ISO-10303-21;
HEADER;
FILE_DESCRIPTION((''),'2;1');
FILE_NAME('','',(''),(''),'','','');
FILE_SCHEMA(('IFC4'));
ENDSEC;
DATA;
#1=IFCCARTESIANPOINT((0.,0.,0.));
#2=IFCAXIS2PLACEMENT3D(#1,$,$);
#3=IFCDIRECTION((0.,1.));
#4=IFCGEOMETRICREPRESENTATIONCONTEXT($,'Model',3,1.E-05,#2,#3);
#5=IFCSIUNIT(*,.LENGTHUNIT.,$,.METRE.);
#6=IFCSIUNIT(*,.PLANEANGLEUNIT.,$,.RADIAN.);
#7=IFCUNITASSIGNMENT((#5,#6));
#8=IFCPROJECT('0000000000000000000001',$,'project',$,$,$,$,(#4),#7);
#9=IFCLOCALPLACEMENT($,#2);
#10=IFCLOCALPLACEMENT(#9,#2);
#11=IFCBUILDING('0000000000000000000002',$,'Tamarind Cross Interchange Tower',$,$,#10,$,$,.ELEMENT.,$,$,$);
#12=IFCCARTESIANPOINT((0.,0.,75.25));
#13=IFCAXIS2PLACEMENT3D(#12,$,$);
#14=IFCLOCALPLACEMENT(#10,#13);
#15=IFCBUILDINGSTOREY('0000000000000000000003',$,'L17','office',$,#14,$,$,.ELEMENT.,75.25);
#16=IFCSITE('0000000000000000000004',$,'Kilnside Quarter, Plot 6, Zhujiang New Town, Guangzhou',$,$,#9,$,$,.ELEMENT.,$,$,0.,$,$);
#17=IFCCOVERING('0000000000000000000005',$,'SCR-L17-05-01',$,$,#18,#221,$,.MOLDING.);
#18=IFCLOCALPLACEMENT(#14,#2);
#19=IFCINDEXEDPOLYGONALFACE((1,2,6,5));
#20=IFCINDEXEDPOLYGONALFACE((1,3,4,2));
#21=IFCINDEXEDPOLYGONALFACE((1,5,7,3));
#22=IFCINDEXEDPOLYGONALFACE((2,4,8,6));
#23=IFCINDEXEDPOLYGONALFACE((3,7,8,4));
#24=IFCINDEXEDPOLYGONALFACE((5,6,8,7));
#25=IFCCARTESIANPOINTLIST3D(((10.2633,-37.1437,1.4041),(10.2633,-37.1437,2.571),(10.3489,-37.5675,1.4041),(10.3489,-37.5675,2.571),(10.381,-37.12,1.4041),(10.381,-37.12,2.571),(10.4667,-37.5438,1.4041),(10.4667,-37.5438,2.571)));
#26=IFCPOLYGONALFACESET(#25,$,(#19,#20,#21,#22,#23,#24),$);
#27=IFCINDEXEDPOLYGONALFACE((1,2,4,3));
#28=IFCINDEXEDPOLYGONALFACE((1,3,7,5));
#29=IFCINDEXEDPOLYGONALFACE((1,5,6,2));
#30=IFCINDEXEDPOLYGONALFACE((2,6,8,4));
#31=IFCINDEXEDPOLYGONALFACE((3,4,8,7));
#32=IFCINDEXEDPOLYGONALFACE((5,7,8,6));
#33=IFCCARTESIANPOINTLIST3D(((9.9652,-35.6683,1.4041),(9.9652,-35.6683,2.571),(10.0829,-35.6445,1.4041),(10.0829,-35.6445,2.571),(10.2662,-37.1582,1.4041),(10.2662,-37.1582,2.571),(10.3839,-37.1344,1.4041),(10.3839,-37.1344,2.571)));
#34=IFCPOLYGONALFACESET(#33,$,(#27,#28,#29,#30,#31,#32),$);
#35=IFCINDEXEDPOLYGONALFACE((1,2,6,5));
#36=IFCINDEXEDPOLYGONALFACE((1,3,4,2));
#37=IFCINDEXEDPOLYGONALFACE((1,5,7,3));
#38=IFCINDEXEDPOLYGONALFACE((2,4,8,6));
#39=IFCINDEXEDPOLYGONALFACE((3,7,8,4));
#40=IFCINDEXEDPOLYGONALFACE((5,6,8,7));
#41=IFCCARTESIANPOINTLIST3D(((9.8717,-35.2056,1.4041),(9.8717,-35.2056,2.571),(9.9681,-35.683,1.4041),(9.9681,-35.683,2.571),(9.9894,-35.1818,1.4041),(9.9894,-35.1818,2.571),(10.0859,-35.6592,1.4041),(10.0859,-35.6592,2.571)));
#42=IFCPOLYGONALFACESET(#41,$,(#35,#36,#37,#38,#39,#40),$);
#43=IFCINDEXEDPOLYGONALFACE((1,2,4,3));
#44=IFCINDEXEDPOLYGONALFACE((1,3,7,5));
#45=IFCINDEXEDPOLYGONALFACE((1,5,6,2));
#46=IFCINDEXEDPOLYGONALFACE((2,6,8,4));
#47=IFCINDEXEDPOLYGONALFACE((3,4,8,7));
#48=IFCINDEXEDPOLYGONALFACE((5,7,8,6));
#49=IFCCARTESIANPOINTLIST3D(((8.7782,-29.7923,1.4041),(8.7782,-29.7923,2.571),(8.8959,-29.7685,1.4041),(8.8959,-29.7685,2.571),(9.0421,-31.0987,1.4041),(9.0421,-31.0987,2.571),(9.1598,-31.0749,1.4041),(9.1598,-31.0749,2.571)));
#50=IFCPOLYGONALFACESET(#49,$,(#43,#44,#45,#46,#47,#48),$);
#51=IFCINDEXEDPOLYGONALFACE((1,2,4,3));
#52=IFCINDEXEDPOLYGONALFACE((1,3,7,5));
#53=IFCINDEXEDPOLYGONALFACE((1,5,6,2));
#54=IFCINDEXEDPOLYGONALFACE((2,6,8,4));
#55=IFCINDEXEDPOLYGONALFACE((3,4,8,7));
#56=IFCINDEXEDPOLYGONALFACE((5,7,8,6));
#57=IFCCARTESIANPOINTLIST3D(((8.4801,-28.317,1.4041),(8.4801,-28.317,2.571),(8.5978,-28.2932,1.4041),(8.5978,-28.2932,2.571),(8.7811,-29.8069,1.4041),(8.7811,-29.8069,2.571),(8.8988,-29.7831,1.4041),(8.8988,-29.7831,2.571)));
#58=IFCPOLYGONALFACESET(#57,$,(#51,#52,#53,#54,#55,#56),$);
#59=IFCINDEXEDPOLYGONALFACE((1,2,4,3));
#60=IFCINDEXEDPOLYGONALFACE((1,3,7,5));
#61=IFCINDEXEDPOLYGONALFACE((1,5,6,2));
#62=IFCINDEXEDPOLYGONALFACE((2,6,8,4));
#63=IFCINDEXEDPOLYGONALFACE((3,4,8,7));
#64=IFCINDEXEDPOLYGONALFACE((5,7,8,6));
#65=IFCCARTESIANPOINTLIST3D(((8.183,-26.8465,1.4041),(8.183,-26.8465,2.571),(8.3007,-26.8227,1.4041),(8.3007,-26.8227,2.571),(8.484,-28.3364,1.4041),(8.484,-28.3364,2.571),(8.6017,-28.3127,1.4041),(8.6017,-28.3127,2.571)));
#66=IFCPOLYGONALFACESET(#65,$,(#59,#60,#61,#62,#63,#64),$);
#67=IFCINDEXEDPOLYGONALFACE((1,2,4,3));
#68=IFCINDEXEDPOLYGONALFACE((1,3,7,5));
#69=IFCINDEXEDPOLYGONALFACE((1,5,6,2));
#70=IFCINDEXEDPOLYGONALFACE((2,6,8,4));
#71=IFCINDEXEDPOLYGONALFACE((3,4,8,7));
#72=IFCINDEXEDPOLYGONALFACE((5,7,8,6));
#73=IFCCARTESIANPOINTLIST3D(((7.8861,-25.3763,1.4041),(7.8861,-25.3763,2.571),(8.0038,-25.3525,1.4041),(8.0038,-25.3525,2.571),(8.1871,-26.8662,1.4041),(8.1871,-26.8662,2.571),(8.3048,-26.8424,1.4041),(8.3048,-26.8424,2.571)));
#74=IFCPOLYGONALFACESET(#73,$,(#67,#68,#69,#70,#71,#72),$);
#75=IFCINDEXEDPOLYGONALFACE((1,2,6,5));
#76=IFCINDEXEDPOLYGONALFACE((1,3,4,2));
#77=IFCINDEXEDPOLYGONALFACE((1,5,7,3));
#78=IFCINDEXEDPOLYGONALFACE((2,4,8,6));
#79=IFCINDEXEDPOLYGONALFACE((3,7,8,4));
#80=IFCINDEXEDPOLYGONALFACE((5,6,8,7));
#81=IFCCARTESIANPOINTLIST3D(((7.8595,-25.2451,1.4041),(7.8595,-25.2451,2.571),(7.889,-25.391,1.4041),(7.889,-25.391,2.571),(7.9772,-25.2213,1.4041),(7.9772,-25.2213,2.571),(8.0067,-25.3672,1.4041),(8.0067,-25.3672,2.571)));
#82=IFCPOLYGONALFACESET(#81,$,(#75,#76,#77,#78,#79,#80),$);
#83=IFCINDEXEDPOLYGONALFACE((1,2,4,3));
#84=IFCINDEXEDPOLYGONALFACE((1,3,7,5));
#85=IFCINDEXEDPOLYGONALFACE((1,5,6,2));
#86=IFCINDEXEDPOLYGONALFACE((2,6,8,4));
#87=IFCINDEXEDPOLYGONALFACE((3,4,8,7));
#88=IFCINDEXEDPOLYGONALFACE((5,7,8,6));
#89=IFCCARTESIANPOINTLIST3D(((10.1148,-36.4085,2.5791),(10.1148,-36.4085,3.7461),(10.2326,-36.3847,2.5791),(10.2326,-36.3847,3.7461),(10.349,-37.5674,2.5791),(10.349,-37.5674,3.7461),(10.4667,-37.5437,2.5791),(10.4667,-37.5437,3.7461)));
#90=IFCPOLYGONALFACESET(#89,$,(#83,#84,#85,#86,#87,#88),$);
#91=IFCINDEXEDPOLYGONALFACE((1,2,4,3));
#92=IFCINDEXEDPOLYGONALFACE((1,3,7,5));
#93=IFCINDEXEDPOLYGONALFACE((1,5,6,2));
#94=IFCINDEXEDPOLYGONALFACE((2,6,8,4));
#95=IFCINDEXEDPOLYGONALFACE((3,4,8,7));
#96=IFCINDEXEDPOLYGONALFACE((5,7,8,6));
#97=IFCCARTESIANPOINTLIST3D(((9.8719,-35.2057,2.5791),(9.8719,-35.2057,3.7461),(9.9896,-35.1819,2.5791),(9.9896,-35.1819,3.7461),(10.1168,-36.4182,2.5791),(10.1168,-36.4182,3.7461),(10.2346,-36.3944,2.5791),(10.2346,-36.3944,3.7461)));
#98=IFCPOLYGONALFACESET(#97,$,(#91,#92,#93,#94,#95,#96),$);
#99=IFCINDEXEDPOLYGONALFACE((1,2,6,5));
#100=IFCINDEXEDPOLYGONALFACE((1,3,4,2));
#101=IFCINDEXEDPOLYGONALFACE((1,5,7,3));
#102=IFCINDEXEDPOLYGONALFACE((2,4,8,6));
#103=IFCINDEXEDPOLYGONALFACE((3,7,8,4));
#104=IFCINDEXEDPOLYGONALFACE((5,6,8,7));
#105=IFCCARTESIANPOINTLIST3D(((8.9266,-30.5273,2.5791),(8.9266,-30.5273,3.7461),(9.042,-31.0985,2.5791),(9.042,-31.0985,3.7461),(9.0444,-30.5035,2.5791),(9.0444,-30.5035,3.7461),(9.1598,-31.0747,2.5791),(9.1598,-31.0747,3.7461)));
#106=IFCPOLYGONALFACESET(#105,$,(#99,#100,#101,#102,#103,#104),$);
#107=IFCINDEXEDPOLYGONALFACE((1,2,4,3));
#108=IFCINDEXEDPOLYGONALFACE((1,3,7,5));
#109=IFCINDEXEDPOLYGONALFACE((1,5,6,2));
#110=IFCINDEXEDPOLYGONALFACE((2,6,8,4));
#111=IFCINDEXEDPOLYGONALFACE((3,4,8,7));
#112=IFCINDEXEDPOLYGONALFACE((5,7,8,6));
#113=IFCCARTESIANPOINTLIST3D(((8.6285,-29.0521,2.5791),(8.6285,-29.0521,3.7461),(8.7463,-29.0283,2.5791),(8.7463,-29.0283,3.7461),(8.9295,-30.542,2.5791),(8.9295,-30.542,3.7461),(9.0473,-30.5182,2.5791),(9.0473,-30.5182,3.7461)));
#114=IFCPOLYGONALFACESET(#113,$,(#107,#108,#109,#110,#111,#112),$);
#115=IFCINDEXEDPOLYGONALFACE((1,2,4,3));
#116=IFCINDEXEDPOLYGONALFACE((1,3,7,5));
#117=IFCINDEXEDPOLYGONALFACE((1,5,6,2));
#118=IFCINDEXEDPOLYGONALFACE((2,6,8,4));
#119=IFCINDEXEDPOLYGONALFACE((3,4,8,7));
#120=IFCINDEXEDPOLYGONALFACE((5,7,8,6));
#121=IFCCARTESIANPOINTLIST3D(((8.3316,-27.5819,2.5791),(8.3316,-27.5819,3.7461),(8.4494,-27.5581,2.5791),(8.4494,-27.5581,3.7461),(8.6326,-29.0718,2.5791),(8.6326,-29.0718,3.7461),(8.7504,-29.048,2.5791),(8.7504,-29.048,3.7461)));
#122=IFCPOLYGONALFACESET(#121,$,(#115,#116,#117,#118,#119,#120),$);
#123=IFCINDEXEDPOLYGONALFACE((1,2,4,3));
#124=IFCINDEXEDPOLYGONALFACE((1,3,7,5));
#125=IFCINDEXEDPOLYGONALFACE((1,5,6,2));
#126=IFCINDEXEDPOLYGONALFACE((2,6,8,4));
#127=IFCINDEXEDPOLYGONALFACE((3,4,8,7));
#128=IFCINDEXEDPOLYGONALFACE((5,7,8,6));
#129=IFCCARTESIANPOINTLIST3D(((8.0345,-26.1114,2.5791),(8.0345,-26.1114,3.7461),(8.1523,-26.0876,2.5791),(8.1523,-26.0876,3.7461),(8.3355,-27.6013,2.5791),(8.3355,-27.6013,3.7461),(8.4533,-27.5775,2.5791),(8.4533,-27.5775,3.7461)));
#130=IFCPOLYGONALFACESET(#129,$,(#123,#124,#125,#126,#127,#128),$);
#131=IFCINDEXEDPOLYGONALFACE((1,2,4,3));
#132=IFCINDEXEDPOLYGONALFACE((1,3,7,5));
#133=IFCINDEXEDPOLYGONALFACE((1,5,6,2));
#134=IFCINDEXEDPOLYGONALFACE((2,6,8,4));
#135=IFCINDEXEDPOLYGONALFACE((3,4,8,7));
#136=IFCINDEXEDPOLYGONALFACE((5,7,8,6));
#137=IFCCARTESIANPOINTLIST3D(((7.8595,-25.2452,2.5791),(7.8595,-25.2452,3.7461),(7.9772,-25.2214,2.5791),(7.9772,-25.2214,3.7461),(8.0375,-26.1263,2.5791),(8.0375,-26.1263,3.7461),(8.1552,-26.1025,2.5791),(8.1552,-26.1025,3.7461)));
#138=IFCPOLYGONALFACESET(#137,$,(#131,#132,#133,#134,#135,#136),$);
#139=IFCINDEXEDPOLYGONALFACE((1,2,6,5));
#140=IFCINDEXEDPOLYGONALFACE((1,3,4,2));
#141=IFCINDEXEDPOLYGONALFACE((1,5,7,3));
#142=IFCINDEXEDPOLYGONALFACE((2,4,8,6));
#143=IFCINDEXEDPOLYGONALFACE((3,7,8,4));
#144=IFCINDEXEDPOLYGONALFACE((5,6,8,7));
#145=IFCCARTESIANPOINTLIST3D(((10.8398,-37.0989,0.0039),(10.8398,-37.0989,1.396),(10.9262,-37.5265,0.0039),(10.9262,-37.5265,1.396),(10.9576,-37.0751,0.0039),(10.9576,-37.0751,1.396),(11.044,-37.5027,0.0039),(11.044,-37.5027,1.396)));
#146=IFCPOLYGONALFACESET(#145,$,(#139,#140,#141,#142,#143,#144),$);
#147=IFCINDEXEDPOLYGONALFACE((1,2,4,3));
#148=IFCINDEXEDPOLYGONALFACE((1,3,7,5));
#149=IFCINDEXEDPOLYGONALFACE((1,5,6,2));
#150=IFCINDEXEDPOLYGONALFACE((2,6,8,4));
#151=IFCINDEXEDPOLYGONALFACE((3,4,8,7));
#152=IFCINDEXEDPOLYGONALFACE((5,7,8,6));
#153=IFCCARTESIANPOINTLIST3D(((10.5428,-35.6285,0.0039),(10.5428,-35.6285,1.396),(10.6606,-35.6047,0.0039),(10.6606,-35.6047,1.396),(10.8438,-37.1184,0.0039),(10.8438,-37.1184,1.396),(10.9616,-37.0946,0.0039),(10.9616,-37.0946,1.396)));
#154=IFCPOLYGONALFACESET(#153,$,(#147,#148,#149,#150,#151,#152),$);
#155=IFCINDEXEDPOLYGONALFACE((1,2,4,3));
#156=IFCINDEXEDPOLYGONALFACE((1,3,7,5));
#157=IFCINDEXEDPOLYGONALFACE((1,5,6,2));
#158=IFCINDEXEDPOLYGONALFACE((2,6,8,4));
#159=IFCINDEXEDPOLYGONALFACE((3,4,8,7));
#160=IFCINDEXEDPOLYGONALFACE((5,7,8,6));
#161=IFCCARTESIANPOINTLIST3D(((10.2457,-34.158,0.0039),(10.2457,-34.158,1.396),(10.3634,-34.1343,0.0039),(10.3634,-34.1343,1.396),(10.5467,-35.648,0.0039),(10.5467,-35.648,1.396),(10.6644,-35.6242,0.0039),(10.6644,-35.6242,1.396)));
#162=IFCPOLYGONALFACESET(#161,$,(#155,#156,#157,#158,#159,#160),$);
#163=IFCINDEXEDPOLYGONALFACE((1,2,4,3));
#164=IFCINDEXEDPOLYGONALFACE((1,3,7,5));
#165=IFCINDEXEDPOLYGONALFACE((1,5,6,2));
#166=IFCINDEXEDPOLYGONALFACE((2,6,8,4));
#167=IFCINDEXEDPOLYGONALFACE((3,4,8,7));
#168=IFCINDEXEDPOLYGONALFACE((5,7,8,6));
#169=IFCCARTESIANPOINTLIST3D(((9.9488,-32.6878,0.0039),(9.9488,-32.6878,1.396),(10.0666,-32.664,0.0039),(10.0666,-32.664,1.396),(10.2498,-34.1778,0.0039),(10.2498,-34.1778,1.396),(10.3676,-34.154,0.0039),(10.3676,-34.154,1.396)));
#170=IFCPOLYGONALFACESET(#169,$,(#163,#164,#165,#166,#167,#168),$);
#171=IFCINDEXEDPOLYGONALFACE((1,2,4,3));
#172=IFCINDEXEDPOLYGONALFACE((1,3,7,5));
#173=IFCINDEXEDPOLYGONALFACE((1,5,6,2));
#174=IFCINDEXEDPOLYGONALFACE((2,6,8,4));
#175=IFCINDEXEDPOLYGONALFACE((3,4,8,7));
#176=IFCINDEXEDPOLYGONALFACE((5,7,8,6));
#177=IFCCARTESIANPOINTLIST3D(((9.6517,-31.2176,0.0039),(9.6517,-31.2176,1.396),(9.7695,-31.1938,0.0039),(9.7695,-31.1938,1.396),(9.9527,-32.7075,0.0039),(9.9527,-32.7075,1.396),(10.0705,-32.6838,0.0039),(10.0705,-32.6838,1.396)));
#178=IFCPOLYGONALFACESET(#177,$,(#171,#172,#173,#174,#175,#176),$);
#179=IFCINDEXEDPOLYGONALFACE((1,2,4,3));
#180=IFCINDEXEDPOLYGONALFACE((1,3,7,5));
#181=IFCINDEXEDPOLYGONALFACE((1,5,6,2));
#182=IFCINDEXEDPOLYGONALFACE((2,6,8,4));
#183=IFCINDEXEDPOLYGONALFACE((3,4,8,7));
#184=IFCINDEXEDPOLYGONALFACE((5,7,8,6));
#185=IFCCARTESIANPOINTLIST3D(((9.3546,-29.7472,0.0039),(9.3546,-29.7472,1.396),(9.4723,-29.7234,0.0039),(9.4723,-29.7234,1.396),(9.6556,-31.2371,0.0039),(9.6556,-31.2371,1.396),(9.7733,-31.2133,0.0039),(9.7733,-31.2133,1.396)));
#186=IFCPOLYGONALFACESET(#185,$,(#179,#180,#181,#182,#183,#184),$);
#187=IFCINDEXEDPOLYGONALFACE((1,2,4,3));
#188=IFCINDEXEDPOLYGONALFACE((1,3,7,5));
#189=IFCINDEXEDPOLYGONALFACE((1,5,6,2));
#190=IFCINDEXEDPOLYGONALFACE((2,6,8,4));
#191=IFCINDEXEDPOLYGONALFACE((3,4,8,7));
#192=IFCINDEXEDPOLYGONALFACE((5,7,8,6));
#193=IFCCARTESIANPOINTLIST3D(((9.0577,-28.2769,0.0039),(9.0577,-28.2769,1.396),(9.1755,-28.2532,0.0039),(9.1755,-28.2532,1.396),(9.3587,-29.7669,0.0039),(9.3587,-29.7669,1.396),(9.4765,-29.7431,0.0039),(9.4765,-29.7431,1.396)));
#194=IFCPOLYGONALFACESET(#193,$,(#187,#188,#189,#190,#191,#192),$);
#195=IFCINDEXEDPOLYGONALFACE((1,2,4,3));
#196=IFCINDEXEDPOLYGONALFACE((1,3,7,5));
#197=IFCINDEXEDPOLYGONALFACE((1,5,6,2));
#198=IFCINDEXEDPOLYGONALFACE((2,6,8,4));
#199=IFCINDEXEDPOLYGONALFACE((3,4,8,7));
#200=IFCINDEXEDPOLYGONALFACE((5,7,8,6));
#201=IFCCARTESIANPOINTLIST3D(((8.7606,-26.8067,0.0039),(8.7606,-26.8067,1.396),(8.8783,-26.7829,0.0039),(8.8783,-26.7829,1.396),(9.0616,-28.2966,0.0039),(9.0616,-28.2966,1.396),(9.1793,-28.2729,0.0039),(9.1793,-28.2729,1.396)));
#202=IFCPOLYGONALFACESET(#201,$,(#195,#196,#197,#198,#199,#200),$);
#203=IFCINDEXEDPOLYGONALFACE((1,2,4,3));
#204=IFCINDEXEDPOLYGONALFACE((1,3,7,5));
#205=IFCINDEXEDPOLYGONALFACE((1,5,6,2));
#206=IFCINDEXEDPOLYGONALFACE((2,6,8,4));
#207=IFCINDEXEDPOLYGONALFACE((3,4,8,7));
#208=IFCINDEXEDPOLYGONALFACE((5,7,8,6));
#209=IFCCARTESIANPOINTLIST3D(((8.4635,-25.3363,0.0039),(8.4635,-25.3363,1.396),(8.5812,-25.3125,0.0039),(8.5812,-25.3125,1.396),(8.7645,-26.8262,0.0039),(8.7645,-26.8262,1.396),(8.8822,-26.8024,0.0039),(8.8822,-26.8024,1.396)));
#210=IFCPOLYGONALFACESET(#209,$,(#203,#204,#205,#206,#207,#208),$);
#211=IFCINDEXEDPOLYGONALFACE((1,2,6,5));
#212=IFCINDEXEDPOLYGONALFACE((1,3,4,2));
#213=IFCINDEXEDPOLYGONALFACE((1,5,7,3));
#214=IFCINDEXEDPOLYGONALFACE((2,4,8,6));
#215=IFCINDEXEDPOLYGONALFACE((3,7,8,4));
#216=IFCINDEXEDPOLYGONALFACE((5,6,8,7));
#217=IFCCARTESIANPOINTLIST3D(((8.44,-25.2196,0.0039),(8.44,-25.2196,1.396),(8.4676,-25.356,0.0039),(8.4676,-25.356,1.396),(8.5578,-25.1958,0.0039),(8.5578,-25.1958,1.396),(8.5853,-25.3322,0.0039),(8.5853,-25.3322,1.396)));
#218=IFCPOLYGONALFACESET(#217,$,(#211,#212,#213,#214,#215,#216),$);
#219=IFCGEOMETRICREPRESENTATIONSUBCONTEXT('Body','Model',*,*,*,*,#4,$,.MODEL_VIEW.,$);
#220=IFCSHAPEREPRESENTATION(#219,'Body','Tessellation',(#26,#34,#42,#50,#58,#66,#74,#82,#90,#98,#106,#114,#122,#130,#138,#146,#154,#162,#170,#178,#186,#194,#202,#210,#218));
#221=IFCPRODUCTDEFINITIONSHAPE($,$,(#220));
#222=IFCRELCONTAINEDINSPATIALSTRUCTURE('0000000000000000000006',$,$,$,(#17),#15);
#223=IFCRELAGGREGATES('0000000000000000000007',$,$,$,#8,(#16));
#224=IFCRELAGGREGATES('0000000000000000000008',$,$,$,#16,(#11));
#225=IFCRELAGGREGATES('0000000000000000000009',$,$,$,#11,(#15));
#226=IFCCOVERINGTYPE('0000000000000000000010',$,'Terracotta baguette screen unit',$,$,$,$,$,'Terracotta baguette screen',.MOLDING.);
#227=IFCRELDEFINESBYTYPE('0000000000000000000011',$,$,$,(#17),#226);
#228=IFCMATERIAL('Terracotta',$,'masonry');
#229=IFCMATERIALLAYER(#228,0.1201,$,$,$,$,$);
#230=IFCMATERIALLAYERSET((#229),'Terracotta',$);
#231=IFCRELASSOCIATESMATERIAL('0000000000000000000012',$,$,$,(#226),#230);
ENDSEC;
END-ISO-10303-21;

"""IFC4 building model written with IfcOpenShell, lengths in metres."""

from ifc_helpers import new_model, si_unit, direction, frame, origin, origin_2d, place, context, subcontext, project, spatial, rectangle, extrude, material, layer, layer_set, type_object, element, save


model = new_model("IFC4")

# Units and contexts
model_context = context("Model", 3, precision=1e-05, world=origin(), true_north=direction((0.0, 1.0)))
body_context = subcontext(model_context, "Body", "Model", "MODEL_VIEW")
ifc_project = project(units=[si_unit("LENGTHUNIT", "METRE"), si_unit("PLANEANGLEUNIT", "RADIAN")], contexts=[model_context])

# Site, building, storey
site_placement = place(None, origin())
site = spatial("IfcSite", under=ifc_project, at=site_placement, Name="Kilnside Quarter, Plot 6, Zhujiang New Town, Guangzhou", CompositionType="ELEMENT", RefElevation=0.0)
building_placement = place(site_placement, origin())
building = spatial("IfcBuilding", under=site, at=building_placement, Name="Tamarind Cross Interchange Tower", CompositionType="ELEMENT")
storey_placement = place(building_placement, frame((0.0, 0.0, 75.25)))
storey = spatial("IfcBuildingStorey", under=building, at=storey_placement, Name="L17", Description="office", CompositionType="ELEMENT", Elevation=75.25)

# Covering
ifc_material_1 = material(Name="Terracotta", Category="masonry")
ifc_layer_1 = layer(ifc_material_1, 0.1201)
ifc_layer_set_1 = layer_set([ifc_layer_1], Name="Terracotta")
covering_type = type_object("IfcCoveringType", Name="Terracotta baguette screen unit", ElementType="Terracotta baguette screen", PredefinedType="MOLDING", material=ifc_layer_set_1)
covering_1_placement = place(storey_placement, origin())
element("IfcCovering", 1, at=covering_1_placement, inside=storey, type_object=covering_type, Name="SCR-L17-05-01", PredefinedType="MOLDING", context=body_context, shape_type="SweptSolid", body=[
    extrude(rectangle(XDim=0.4324, YDim=0.1201, at=origin_2d()), frame((10.365, -37.3438, 1.4041), z_axis=(0.0, 0.0, 1.0), x_axis=(-0.198023, 0.980197, 0.0)), (0.0, 0.0, 1.0), 1.167),
    extrude(rectangle(XDim=1.52, YDim=0.1201, at=origin_2d()), frame((10.1746, -36.4014, 1.4041), z_axis=(0.0, 0.0, 1.0), x_axis=(-0.198023, 0.980197, 0.0)), (0.0, 0.0, 1.0), 1.167),
    extrude(rectangle(XDim=0.4871, YDim=0.1201, at=origin_2d()), frame((9.9788, -35.4324, 1.4041), z_axis=(0.0, 0.0, 1.0), x_axis=(-0.198023, 0.980197, 0.0)), (0.0, 0.0, 1.0), 1.167),
    extrude(rectangle(XDim=1.3328, YDim=0.1201, at=origin_2d()), frame((8.969, -30.4336, 1.4041), z_axis=(0.0, 0.0, 1.0), x_axis=(-0.198023, 0.980197, 0.0)), (0.0, 0.0, 1.0), 1.167),
    extrude(rectangle(XDim=1.52, YDim=0.1201, at=origin_2d()), frame((8.6895, -29.05, 1.4041), z_axis=(0.0, 0.0, 1.0), x_axis=(-0.198023, 0.980197, 0.0)), (0.0, 0.0, 1.0), 1.167),
    extrude(rectangle(XDim=1.52, YDim=0.1201, at=origin_2d()), frame((8.3923, -27.5796, 1.4041), z_axis=(0.0, 0.0, 1.0), x_axis=(-0.198023, 0.980197, 0.0)), (0.0, 0.0, 1.0), 1.167),
    extrude(rectangle(XDim=1.52, YDim=0.1201, at=origin_2d()), frame((8.0955, -26.1094, 1.4041), z_axis=(0.0, 0.0, 1.0), x_axis=(-0.198023, 0.980197, 0.0)), (0.0, 0.0, 1.0), 1.167),
    extrude(rectangle(XDim=0.1489, YDim=0.1201, at=origin_2d()), frame((7.9331, -25.3062, 1.4041), z_axis=(0.0, 0.0, 1.0), x_axis=(-0.198023, 0.980197, 0.0)), (0.0, 0.0, 1.0), 1.167),
    extrude(rectangle(XDim=1.1824, YDim=0.1201, at=origin_2d()), frame((10.2908, -36.9761, 2.5791), z_axis=(0.0, 0.0, 1.0), x_axis=(-0.198023, 0.980197, 0.0)), (0.0, 0.0, 1.0), 1.167),
    extrude(rectangle(XDim=1.2371, YDim=0.1201, at=origin_2d()), frame((10.0532, -35.8, 2.5791), z_axis=(0.0, 0.0, 1.0), x_axis=(-0.198023, 0.980197, 0.0)), (0.0, 0.0, 1.0), 1.167),
    extrude(rectangle(XDim=0.5828, YDim=0.1201, at=origin_2d()), frame((9.0432, -30.801, 2.5791), z_axis=(0.0, 0.0, 1.0), x_axis=(-0.198023, 0.980197, 0.0)), (0.0, 0.0, 1.0), 1.167),
    extrude(rectangle(XDim=1.52, YDim=0.1201, at=origin_2d()), frame((8.8379, -29.7852, 2.5791), z_axis=(0.0, 0.0, 1.0), x_axis=(-0.198023, 0.980197, 0.0)), (0.0, 0.0, 1.0), 1.167),
    extrude(rectangle(XDim=1.52, YDim=0.1201, at=origin_2d()), frame((8.541, -28.3149, 2.5791), z_axis=(0.0, 0.0, 1.0), x_axis=(-0.198023, 0.980197, 0.0)), (0.0, 0.0, 1.0), 1.167),
    extrude(rectangle(XDim=1.52, YDim=0.1201, at=origin_2d()), frame((8.2439, -26.8445, 2.5791), z_axis=(0.0, 0.0, 1.0), x_axis=(-0.198023, 0.980197, 0.0)), (0.0, 0.0, 1.0), 1.167),
    extrude(rectangle(XDim=0.8989, YDim=0.1201, at=origin_2d()), frame((8.0073, -25.6738, 2.5791), z_axis=(0.0, 0.0, 1.0), x_axis=(-0.198023, 0.980197, 0.0)), (0.0, 0.0, 1.0), 1.167),
    extrude(rectangle(XDim=0.4363, YDim=0.1201, at=origin_2d()), frame((10.9419, -37.3008, 0.0039), z_axis=(0.0, 0.0, 1.0), x_axis=(-0.198023, 0.980197, 0.0)), (0.0, 0.0, 1.0), 1.3921),
    extrude(rectangle(XDim=1.52, YDim=0.1201, at=origin_2d()), frame((10.7522, -36.3616, 0.0039), z_axis=(0.0, 0.0, 1.0), x_axis=(-0.198023, 0.980197, 0.0)), (0.0, 0.0, 1.0), 1.3921),
    extrude(rectangle(XDim=1.52, YDim=0.1201, at=origin_2d()), frame((10.4551, -34.8911, 0.0039), z_axis=(0.0, 0.0, 1.0), x_axis=(-0.198023, 0.980197, 0.0)), (0.0, 0.0, 1.0), 1.3921),
    extrude(rectangle(XDim=1.52, YDim=0.1201, at=origin_2d()), frame((10.1582, -33.4209, 0.0039), z_axis=(0.0, 0.0, 1.0), x_axis=(-0.198023, 0.980197, 0.0)), (0.0, 0.0, 1.0), 1.3921),
    extrude(rectangle(XDim=1.52, YDim=0.1201, at=origin_2d()), frame((9.8611, -31.9507, 0.0039), z_axis=(0.0, 0.0, 1.0), x_axis=(-0.198023, 0.980197, 0.0)), (0.0, 0.0, 1.0), 1.3921),
    extrude(rectangle(XDim=1.52, YDim=0.1201, at=origin_2d()), frame((9.564, -30.4802, 0.0039), z_axis=(0.0, 0.0, 1.0), x_axis=(-0.198023, 0.980197, 0.0)), (0.0, 0.0, 1.0), 1.3921),
    extrude(rectangle(XDim=1.52, YDim=0.1201, at=origin_2d()), frame((9.2671, -29.01, 0.0039), z_axis=(0.0, 0.0, 1.0), x_axis=(-0.198023, 0.980197, 0.0)), (0.0, 0.0, 1.0), 1.3921),
    extrude(rectangle(XDim=1.52, YDim=0.1201, at=origin_2d()), frame((8.97, -27.5398, 0.0039), z_axis=(0.0, 0.0, 1.0), x_axis=(-0.198023, 0.980197, 0.0)), (0.0, 0.0, 1.0), 1.3921),
    extrude(rectangle(XDim=1.52, YDim=0.1201, at=origin_2d()), frame((8.6729, -26.0693, 0.0039), z_axis=(0.0, 0.0, 1.0), x_axis=(-0.198023, 0.980197, 0.0)), (0.0, 0.0, 1.0), 1.3921),
    extrude(rectangle(XDim=0.1392, YDim=0.1201, at=origin_2d()), frame((8.5127, -25.2759, 0.0039), z_axis=(0.0, 0.0, 1.0), x_axis=(-0.198023, 0.980197, 0.0)), (0.0, 0.0, 1.0), 1.3921),
])

save(model, "model.ifc")
